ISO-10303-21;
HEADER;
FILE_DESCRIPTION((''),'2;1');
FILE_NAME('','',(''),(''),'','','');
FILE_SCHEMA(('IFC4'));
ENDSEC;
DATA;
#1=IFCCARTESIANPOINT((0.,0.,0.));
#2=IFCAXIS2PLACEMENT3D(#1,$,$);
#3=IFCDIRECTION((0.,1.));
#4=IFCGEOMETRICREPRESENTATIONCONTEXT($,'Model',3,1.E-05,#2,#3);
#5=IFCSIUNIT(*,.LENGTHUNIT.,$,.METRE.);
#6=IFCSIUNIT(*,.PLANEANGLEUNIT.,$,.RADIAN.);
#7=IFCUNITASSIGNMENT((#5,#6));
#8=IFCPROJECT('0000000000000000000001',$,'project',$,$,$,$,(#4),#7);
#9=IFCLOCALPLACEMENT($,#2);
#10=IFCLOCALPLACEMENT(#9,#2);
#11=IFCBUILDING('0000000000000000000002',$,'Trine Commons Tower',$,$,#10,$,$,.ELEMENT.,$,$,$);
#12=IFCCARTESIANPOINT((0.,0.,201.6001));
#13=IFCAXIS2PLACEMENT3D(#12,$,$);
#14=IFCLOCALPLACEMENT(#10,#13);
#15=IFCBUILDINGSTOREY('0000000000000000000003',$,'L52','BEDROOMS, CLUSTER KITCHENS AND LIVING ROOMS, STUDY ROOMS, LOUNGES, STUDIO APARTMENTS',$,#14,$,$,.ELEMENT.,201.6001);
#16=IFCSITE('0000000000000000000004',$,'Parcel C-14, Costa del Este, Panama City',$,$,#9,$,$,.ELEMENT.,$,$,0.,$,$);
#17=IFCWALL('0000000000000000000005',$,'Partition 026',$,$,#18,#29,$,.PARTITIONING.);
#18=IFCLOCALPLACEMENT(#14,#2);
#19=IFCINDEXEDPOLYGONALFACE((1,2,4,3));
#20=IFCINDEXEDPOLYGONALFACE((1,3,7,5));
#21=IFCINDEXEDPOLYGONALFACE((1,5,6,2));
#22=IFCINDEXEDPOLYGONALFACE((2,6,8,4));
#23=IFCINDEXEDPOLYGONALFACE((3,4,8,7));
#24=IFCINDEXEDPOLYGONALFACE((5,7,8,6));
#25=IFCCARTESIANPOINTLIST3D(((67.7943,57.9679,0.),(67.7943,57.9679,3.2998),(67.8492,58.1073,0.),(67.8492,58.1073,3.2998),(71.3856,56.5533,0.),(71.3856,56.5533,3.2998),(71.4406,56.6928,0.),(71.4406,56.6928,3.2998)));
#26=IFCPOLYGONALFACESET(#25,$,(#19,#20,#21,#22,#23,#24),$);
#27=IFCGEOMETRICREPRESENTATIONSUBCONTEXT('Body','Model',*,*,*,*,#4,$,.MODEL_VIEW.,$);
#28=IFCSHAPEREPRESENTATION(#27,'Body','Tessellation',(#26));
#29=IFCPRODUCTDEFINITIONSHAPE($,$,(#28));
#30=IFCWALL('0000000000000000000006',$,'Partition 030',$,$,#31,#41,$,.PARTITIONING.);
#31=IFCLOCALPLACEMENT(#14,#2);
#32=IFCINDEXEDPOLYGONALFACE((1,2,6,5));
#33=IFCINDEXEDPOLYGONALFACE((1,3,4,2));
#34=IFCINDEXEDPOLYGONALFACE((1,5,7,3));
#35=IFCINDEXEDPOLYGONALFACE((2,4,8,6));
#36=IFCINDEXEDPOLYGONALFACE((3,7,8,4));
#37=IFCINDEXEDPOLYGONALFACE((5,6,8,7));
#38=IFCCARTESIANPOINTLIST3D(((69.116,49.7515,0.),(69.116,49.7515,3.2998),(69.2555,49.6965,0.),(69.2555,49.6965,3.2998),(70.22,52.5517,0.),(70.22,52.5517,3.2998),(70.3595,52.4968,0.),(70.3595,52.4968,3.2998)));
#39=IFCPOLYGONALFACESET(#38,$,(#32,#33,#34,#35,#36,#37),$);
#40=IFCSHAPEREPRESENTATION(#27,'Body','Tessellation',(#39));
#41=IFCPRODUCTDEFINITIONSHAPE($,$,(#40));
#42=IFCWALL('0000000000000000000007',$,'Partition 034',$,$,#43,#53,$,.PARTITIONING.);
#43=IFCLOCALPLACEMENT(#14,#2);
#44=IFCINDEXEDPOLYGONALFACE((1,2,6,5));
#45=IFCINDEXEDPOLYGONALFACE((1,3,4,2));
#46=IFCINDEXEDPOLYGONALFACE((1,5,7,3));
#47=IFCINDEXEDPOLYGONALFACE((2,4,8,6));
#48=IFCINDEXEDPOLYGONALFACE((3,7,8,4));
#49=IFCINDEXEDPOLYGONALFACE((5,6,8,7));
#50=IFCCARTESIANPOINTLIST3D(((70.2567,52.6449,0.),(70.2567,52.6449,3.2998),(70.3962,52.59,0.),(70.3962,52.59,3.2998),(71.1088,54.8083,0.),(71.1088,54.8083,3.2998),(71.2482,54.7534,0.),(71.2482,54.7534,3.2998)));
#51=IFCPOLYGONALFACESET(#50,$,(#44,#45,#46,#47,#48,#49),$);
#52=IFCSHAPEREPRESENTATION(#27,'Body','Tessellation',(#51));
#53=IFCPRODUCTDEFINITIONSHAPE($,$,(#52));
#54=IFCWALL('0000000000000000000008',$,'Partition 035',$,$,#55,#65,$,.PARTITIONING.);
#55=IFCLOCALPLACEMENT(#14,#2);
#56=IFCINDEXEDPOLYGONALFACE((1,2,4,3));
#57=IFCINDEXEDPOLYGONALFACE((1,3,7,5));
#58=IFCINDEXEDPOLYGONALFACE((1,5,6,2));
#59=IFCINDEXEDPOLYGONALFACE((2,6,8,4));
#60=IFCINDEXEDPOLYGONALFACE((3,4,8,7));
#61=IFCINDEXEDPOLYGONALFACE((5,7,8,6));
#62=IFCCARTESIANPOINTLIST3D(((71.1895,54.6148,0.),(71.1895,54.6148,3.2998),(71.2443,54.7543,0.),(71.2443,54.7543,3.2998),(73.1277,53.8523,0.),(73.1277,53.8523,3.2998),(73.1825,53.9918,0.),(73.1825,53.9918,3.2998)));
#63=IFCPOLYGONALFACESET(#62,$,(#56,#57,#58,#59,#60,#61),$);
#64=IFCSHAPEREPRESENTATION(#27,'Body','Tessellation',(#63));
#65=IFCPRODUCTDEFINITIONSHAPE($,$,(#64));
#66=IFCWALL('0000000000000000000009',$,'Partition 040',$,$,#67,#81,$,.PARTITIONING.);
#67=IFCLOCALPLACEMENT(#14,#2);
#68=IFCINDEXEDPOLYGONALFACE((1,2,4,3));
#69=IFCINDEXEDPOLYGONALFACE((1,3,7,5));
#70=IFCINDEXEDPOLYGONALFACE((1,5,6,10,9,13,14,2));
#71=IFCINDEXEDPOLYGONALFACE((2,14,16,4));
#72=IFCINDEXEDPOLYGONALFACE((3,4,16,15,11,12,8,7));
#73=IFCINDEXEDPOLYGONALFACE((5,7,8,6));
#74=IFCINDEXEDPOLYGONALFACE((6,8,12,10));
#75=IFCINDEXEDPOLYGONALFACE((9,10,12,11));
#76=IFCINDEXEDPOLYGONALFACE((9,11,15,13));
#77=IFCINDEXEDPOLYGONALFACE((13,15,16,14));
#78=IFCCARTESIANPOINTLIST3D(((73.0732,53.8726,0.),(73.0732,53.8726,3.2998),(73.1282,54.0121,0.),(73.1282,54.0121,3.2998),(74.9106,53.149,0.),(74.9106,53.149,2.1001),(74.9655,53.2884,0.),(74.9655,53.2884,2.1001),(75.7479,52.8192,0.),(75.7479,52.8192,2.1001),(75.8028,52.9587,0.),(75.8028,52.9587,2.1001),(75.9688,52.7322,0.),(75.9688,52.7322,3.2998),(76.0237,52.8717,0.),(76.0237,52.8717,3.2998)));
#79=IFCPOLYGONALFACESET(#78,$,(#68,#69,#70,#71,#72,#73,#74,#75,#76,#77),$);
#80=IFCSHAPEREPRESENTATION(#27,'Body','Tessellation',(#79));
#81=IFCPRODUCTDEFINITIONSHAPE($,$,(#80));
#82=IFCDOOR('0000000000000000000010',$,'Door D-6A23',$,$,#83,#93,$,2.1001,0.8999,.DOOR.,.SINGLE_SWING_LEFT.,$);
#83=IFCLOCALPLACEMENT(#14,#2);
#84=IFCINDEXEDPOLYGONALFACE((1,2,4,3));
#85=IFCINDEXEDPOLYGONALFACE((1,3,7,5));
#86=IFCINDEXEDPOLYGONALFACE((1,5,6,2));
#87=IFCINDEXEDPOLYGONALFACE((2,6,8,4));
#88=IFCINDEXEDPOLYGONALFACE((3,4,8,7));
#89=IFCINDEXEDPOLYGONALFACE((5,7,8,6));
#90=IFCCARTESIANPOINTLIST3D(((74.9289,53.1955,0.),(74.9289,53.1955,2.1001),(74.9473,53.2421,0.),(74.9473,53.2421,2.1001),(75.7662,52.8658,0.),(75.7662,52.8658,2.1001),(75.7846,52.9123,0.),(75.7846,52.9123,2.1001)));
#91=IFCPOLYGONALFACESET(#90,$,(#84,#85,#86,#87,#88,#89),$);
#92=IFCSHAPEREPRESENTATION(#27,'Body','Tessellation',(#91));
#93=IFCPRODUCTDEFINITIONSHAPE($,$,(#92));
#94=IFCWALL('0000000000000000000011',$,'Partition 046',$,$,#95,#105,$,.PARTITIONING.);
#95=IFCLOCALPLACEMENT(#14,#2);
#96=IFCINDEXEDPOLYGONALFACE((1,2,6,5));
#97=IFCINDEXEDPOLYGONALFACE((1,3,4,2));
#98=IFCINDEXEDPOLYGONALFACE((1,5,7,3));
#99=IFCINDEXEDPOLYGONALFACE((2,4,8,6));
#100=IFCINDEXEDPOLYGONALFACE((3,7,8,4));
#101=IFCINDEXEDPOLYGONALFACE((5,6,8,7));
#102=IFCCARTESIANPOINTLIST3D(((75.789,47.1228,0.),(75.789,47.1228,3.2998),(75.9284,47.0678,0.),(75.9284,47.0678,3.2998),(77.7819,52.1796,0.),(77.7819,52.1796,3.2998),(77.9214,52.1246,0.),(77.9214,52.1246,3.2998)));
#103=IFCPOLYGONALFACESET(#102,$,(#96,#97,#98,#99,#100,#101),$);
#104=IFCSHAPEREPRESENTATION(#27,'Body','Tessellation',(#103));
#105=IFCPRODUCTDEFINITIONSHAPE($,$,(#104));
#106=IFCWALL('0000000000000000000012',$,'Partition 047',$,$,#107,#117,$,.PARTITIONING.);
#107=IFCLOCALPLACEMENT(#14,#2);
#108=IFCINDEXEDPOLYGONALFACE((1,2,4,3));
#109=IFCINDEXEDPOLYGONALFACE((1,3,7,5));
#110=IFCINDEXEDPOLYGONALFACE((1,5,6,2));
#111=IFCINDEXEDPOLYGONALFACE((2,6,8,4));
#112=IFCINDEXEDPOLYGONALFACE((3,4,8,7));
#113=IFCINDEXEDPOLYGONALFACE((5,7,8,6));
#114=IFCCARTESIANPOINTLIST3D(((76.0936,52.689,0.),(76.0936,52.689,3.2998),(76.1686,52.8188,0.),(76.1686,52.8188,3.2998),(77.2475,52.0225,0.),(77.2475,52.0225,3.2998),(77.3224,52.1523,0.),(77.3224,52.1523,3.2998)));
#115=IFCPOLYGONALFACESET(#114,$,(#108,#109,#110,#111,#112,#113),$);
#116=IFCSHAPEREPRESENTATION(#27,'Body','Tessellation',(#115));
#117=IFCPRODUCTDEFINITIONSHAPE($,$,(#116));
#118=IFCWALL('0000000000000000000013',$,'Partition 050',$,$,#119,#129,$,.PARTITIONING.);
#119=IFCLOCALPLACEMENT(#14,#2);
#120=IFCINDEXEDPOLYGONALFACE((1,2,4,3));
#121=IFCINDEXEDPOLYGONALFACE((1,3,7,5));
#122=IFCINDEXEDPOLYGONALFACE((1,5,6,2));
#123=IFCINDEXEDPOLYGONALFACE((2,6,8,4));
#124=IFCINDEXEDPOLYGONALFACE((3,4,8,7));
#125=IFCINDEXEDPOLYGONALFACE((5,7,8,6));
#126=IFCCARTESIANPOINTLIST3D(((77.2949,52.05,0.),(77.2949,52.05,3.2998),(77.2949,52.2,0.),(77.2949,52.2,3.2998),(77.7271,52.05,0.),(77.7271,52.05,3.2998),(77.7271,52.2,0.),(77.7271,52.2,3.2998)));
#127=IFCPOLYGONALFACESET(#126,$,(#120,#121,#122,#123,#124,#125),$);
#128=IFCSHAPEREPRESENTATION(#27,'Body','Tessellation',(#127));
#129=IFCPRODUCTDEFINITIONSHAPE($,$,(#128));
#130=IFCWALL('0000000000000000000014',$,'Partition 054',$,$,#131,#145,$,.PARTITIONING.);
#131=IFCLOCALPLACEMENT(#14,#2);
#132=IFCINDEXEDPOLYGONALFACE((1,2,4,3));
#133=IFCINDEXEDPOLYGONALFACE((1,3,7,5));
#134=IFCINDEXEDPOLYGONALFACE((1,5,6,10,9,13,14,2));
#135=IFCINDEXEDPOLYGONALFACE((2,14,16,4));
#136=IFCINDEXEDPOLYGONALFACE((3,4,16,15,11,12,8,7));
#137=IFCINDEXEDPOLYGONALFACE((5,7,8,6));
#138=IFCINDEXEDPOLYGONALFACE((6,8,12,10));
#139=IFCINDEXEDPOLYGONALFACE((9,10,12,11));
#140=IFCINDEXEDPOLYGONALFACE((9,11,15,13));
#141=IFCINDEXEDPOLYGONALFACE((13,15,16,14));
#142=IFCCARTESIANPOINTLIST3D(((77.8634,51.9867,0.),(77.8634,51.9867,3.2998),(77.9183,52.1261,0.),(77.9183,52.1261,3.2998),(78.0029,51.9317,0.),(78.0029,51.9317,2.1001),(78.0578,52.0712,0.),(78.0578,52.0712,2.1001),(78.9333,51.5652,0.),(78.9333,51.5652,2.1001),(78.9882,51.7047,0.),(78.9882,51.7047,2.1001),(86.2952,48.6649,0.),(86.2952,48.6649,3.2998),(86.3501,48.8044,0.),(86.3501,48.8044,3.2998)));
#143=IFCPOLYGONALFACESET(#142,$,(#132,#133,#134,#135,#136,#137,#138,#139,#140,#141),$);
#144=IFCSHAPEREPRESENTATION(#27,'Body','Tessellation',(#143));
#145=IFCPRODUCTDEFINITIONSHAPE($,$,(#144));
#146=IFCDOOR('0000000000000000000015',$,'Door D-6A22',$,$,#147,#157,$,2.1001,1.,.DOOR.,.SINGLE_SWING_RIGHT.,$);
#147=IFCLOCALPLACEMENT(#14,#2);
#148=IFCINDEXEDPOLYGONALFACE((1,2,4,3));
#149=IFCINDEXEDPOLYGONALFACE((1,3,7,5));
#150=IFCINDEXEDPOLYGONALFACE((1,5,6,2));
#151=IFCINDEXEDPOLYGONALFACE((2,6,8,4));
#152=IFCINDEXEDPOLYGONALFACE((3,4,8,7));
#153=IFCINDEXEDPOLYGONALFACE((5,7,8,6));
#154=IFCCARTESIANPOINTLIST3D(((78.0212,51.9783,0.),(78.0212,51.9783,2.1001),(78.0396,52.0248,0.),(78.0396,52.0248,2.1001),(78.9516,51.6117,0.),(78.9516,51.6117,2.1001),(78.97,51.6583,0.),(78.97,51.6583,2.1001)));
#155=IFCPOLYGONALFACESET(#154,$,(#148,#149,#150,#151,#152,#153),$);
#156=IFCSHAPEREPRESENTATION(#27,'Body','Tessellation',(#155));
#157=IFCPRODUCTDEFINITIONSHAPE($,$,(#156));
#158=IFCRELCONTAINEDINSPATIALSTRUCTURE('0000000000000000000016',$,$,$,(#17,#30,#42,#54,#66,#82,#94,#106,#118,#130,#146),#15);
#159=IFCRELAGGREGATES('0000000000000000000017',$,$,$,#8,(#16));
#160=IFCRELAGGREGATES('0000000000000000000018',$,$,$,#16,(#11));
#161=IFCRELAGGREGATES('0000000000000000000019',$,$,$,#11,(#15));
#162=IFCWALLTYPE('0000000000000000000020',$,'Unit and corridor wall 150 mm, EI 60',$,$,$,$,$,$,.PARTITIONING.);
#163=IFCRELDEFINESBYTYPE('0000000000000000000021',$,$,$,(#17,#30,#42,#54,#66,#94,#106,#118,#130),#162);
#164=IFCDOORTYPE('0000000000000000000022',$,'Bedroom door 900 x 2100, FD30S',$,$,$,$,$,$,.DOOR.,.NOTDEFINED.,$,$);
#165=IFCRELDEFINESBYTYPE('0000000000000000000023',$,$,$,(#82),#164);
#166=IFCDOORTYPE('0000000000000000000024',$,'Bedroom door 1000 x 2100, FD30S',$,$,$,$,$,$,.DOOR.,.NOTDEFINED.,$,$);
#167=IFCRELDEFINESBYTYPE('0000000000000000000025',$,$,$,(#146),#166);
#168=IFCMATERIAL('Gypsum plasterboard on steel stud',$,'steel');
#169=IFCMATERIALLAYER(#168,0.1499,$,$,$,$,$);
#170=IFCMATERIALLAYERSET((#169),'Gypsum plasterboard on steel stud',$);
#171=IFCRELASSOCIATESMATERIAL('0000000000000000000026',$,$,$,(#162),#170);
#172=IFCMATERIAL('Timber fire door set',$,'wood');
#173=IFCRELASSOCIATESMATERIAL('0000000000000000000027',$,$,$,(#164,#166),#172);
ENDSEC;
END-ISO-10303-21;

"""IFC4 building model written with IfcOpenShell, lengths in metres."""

from ifc_helpers import new_model, si_unit, direction, frame, frame_2d, origin, place, context, subcontext, project, spatial, rectangle, extrude, material, layer, layer_set, type_object, element, fill, save


model = new_model("IFC4")

# Units and contexts
model_context = context("Model", 3, precision=1e-05, world=origin(), true_north=direction((0.0, 1.0)))
body_context = subcontext(model_context, "Body", "Model", "MODEL_VIEW")
ifc_project = project(units=[si_unit("LENGTHUNIT", "METRE"), si_unit("PLANEANGLEUNIT", "RADIAN")], contexts=[model_context])

# Site, building, storey
site_placement = place(None, origin())
site = spatial("IfcSite", under=ifc_project, at=site_placement, Name="Parcel C-14, Costa del Este, Panama City", CompositionType="ELEMENT", RefElevation=0.0)
building_placement = place(site_placement, origin())
building = spatial("IfcBuilding", under=site, at=building_placement, Name="Trine Commons Tower", CompositionType="ELEMENT")
storey_placement = place(building_placement, frame((0.0, 0.0, 201.6001)))
storey = spatial("IfcBuildingStorey", under=building, at=storey_placement, Name="L52", Description="BEDROOMS, CLUSTER KITCHENS AND LIVING ROOMS, STUDY ROOMS, LOUNGES, STUDIO APARTMENTS", CompositionType="ELEMENT", Elevation=201.6001)

# Walls
ifc_material_1 = material(Name="Gypsum plasterboard on steel stud", Category="steel")
ifc_layer_1 = layer(ifc_material_1, 0.1499)
ifc_layer_set_1 = layer_set([ifc_layer_1], Name="Gypsum plasterboard on steel stud")
wall_type_1 = type_object("IfcWallType", Name="Unit and corridor wall 150 mm, EI 60", PredefinedType="PARTITIONING", material=ifc_layer_set_1)
wall_1_placement = place(storey_placement, frame((67.8218, 58.0376, 0.0), z_axis=(0.0, 0.0, 1.0), x_axis=(0.930427, -0.366478, 0.0)))
element("IfcWall", 1, at=wall_1_placement, inside=storey, type_object=wall_type_1, Name="Partition 026", PredefinedType="PARTITIONING", context=body_context, shape_type="SweptSolid", body=[
    extrude(rectangle(XDim=3.8599, YDim=0.1499, at=frame_2d((1.9299, 0.0))), origin(), (0.0, 0.0, 1.0), 3.2998),
])
wall_2_placement = place(storey_placement, frame((69.1858, 49.7241, 0.0), z_axis=(0.0, 0.0, 1.0), x_axis=(0.366771, 0.930311, 0.0)))
element("IfcWall", 2, at=wall_2_placement, inside=storey, type_object=wall_type_1, Name="Partition 030", PredefinedType="PARTITIONING", context=body_context, shape_type="SweptSolid", body=[
    extrude(rectangle(XDim=3.01, YDim=0.1499, at=frame_2d((1.5049, 0.0))), origin(), (0.0, 0.0, 1.0), 3.2998),
])
wall_3_placement = place(storey_placement, frame((70.3264, 52.6174, 0.0), z_axis=(0.0, 0.0, 1.0), x_axis=(0.366461, 0.930433, 0.0)))
element("IfcWall", 3, at=wall_3_placement, inside=storey, type_object=wall_type_1, Name="Partition 034", PredefinedType="PARTITIONING", context=body_context, shape_type="SweptSolid", body=[
    extrude(rectangle(XDim=2.3252, YDim=0.1499, at=frame_2d((1.1626, 0.0))), origin(), (0.0, 0.0, 1.0), 3.2998),
])
wall_4_placement = place(storey_placement, frame((71.2168, 54.6846, 0.0), z_axis=(0.0, 0.0, 1.0), x_axis=(0.930588, -0.366069, 0.0)))
element("IfcWall", 4, at=wall_4_placement, inside=storey, type_object=wall_type_1, Name="Partition 035", PredefinedType="PARTITIONING", context=body_context, shape_type="SweptSolid", body=[
    extrude(rectangle(XDim=2.0828, YDim=0.1499, at=frame_2d((1.0415, 0.0))), origin(), (0.0, 0.0, 1.0), 3.2998),
])

# Wall, opening, door
wall_5_placement = place(storey_placement, frame((73.1006, 53.9424, 0.0), z_axis=(0.0, 0.0, 1.0), x_axis=(0.930438, -0.366448, 0.0)))
wall_5 = element("IfcWall", 5, at=wall_5_placement, inside=storey, type_object=wall_type_1, Name="Partition 040", PredefinedType="PARTITIONING", context=body_context, shape_type="SweptSolid", body=[
    extrude(rectangle(XDim=3.1121, YDim=0.1499, at=frame_2d((1.5562, 0.0))), origin(), (0.0, 0.0, 1.0), 3.2998),
])
opening_1_placement = place(wall_5_placement, frame((1.9749, 0.0, 0.0)))
opening_1 = element("IfcOpeningElement", 6, at=opening_1_placement, cuts=wall_5, PredefinedType="OPENING", context=body_context, shape_type="SweptSolid", body=[
    extrude(rectangle(XDim=0.8999, YDim=2.1001, at=frame_2d((0.45, 1.05))), frame((0.0, 0.085, 0.0), z_axis=(0.0, -1.0, 0.0), x_axis=(1.0, 0.0, 0.0)), (0.0, 0.0, 1.0), 0.1699),
])
ifc_material_2 = material(Name="Timber fire door set", Category="wood")
door_type_1 = type_object("IfcDoorType", Name="Bedroom door 900 x 2100, FD30S", OperationType="NOTDEFINED", PredefinedType="DOOR", material=ifc_material_2)
door_1_placement = place(opening_1_placement, frame((0.8999, 0.0, 0.0), z_axis=(0.0, 0.0, 1.0), x_axis=(-1.0, 0.0, 0.0)))
door_1 = element("IfcDoor", 7, at=door_1_placement, inside=storey, type_object=door_type_1, Name="Door D-6A23", OperationType="SINGLE_SWING_LEFT", OverallHeight=2.1001, OverallWidth=0.8999, PredefinedType="DOOR", context=body_context, shape_type="SweptSolid", body=[
    extrude(rectangle(XDim=0.8999, YDim=2.1001, at=frame_2d((0.45, 1.05))), frame((0.0, 0.0249, 0.0), z_axis=(0.0, -1.0, 0.0), x_axis=(1.0, 0.0, 0.0)), (0.0, 0.0, 1.0), 0.05),
])
fill(opening_1, door_1)

# Walls
wall_6_placement = place(storey_placement, frame((75.8586, 47.0952, 0.0), z_axis=(0.0, 0.0, 1.0), x_axis=(0.366669, 0.930351, 0.0)))
element("IfcWall", 8, at=wall_6_placement, inside=storey, type_object=wall_type_1, Name="Partition 046", PredefinedType="PARTITIONING", context=body_context, shape_type="SweptSolid", body=[
    extrude(rectangle(XDim=5.4353, YDim=0.1499, at=frame_2d((2.7178, 0.0))), origin(), (0.0, 0.0, 1.0), 3.2998),
])
wall_7_placement = place(storey_placement, frame((76.1311, 52.7539, 0.0), z_axis=(0.0, 0.0, 1.0), x_axis=(0.865911, -0.500198, 0.0)))
element("IfcWall", 9, at=wall_7_placement, inside=storey, type_object=wall_type_1, Name="Partition 047", PredefinedType="PARTITIONING", context=body_context, shape_type="SweptSolid", body=[
    extrude(rectangle(XDim=1.3325, YDim=0.1499, at=frame_2d((0.6663, 0.0))), origin(), (0.0, 0.0, 1.0), 3.2998),
])
wall_8_placement = place(storey_placement, frame((77.2949, 52.125, 0.0), z_axis=(0.0, 0.0, 1.0), x_axis=(1.0, 0.0, 0.0)))
element("IfcWall", 10, at=wall_8_placement, inside=storey, type_object=wall_type_1, Name="Partition 050", PredefinedType="PARTITIONING", context=body_context, shape_type="SweptSolid", body=[
    extrude(rectangle(XDim=0.4321, YDim=0.1499, at=frame_2d((0.2161, 0.0))), origin(), (0.0, 0.0, 1.0), 3.2998),
])

# Wall, opening, door
wall_9_placement = place(storey_placement, frame((77.8909, 52.0564, 0.0), z_axis=(0.0, 0.0, 1.0), x_axis=(0.930404, -0.366537, 0.0)))
wall_9 = element("IfcWall", 11, at=wall_9_placement, inside=storey, type_object=wall_type_1, Name="Partition 054", PredefinedType="PARTITIONING", context=body_context, shape_type="SweptSolid", body=[
    extrude(rectangle(XDim=9.0625, YDim=0.1499, at=frame_2d((4.5312, 0.0))), origin(), (0.0, 0.0, 1.0), 3.2998),
])
opening_2_placement = place(wall_9_placement, frame((0.1499, 0.0, 0.0)))
opening_2 = element("IfcOpeningElement", 12, at=opening_2_placement, cuts=wall_9, PredefinedType="OPENING", context=body_context, shape_type="SweptSolid", body=[
    extrude(rectangle(XDim=1.0, YDim=2.1001, at=frame_2d((0.5, 1.05))), frame((0.0, 0.085, 0.0), z_axis=(0.0, -1.0, 0.0), x_axis=(1.0, 0.0, 0.0)), (0.0, 0.0, 1.0), 0.1699),
])
door_type_2 = type_object("IfcDoorType", Name="Bedroom door 1000 x 2100, FD30S", OperationType="NOTDEFINED", PredefinedType="DOOR", material=ifc_material_2)
door_2_placement = place(opening_2_placement, frame((1.0, 0.0, 0.0), z_axis=(0.0, 0.0, 1.0), x_axis=(-1.0, 0.0, 0.0)))
door_2 = element("IfcDoor", 13, at=door_2_placement, inside=storey, type_object=door_type_2, Name="Door D-6A22", OperationType="SINGLE_SWING_RIGHT", OverallHeight=2.1001, OverallWidth=1.0, PredefinedType="DOOR", context=body_context, shape_type="SweptSolid", body=[
    extrude(rectangle(XDim=1.0, YDim=2.1001, at=frame_2d((0.5, 1.05))), frame((0.0, 0.0249, 0.0), z_axis=(0.0, -1.0, 0.0), x_axis=(1.0, 0.0, 0.0)), (0.0, 0.0, 1.0), 0.05),
])
fill(opening_2, door_2)

save(model, "model.ifc")
